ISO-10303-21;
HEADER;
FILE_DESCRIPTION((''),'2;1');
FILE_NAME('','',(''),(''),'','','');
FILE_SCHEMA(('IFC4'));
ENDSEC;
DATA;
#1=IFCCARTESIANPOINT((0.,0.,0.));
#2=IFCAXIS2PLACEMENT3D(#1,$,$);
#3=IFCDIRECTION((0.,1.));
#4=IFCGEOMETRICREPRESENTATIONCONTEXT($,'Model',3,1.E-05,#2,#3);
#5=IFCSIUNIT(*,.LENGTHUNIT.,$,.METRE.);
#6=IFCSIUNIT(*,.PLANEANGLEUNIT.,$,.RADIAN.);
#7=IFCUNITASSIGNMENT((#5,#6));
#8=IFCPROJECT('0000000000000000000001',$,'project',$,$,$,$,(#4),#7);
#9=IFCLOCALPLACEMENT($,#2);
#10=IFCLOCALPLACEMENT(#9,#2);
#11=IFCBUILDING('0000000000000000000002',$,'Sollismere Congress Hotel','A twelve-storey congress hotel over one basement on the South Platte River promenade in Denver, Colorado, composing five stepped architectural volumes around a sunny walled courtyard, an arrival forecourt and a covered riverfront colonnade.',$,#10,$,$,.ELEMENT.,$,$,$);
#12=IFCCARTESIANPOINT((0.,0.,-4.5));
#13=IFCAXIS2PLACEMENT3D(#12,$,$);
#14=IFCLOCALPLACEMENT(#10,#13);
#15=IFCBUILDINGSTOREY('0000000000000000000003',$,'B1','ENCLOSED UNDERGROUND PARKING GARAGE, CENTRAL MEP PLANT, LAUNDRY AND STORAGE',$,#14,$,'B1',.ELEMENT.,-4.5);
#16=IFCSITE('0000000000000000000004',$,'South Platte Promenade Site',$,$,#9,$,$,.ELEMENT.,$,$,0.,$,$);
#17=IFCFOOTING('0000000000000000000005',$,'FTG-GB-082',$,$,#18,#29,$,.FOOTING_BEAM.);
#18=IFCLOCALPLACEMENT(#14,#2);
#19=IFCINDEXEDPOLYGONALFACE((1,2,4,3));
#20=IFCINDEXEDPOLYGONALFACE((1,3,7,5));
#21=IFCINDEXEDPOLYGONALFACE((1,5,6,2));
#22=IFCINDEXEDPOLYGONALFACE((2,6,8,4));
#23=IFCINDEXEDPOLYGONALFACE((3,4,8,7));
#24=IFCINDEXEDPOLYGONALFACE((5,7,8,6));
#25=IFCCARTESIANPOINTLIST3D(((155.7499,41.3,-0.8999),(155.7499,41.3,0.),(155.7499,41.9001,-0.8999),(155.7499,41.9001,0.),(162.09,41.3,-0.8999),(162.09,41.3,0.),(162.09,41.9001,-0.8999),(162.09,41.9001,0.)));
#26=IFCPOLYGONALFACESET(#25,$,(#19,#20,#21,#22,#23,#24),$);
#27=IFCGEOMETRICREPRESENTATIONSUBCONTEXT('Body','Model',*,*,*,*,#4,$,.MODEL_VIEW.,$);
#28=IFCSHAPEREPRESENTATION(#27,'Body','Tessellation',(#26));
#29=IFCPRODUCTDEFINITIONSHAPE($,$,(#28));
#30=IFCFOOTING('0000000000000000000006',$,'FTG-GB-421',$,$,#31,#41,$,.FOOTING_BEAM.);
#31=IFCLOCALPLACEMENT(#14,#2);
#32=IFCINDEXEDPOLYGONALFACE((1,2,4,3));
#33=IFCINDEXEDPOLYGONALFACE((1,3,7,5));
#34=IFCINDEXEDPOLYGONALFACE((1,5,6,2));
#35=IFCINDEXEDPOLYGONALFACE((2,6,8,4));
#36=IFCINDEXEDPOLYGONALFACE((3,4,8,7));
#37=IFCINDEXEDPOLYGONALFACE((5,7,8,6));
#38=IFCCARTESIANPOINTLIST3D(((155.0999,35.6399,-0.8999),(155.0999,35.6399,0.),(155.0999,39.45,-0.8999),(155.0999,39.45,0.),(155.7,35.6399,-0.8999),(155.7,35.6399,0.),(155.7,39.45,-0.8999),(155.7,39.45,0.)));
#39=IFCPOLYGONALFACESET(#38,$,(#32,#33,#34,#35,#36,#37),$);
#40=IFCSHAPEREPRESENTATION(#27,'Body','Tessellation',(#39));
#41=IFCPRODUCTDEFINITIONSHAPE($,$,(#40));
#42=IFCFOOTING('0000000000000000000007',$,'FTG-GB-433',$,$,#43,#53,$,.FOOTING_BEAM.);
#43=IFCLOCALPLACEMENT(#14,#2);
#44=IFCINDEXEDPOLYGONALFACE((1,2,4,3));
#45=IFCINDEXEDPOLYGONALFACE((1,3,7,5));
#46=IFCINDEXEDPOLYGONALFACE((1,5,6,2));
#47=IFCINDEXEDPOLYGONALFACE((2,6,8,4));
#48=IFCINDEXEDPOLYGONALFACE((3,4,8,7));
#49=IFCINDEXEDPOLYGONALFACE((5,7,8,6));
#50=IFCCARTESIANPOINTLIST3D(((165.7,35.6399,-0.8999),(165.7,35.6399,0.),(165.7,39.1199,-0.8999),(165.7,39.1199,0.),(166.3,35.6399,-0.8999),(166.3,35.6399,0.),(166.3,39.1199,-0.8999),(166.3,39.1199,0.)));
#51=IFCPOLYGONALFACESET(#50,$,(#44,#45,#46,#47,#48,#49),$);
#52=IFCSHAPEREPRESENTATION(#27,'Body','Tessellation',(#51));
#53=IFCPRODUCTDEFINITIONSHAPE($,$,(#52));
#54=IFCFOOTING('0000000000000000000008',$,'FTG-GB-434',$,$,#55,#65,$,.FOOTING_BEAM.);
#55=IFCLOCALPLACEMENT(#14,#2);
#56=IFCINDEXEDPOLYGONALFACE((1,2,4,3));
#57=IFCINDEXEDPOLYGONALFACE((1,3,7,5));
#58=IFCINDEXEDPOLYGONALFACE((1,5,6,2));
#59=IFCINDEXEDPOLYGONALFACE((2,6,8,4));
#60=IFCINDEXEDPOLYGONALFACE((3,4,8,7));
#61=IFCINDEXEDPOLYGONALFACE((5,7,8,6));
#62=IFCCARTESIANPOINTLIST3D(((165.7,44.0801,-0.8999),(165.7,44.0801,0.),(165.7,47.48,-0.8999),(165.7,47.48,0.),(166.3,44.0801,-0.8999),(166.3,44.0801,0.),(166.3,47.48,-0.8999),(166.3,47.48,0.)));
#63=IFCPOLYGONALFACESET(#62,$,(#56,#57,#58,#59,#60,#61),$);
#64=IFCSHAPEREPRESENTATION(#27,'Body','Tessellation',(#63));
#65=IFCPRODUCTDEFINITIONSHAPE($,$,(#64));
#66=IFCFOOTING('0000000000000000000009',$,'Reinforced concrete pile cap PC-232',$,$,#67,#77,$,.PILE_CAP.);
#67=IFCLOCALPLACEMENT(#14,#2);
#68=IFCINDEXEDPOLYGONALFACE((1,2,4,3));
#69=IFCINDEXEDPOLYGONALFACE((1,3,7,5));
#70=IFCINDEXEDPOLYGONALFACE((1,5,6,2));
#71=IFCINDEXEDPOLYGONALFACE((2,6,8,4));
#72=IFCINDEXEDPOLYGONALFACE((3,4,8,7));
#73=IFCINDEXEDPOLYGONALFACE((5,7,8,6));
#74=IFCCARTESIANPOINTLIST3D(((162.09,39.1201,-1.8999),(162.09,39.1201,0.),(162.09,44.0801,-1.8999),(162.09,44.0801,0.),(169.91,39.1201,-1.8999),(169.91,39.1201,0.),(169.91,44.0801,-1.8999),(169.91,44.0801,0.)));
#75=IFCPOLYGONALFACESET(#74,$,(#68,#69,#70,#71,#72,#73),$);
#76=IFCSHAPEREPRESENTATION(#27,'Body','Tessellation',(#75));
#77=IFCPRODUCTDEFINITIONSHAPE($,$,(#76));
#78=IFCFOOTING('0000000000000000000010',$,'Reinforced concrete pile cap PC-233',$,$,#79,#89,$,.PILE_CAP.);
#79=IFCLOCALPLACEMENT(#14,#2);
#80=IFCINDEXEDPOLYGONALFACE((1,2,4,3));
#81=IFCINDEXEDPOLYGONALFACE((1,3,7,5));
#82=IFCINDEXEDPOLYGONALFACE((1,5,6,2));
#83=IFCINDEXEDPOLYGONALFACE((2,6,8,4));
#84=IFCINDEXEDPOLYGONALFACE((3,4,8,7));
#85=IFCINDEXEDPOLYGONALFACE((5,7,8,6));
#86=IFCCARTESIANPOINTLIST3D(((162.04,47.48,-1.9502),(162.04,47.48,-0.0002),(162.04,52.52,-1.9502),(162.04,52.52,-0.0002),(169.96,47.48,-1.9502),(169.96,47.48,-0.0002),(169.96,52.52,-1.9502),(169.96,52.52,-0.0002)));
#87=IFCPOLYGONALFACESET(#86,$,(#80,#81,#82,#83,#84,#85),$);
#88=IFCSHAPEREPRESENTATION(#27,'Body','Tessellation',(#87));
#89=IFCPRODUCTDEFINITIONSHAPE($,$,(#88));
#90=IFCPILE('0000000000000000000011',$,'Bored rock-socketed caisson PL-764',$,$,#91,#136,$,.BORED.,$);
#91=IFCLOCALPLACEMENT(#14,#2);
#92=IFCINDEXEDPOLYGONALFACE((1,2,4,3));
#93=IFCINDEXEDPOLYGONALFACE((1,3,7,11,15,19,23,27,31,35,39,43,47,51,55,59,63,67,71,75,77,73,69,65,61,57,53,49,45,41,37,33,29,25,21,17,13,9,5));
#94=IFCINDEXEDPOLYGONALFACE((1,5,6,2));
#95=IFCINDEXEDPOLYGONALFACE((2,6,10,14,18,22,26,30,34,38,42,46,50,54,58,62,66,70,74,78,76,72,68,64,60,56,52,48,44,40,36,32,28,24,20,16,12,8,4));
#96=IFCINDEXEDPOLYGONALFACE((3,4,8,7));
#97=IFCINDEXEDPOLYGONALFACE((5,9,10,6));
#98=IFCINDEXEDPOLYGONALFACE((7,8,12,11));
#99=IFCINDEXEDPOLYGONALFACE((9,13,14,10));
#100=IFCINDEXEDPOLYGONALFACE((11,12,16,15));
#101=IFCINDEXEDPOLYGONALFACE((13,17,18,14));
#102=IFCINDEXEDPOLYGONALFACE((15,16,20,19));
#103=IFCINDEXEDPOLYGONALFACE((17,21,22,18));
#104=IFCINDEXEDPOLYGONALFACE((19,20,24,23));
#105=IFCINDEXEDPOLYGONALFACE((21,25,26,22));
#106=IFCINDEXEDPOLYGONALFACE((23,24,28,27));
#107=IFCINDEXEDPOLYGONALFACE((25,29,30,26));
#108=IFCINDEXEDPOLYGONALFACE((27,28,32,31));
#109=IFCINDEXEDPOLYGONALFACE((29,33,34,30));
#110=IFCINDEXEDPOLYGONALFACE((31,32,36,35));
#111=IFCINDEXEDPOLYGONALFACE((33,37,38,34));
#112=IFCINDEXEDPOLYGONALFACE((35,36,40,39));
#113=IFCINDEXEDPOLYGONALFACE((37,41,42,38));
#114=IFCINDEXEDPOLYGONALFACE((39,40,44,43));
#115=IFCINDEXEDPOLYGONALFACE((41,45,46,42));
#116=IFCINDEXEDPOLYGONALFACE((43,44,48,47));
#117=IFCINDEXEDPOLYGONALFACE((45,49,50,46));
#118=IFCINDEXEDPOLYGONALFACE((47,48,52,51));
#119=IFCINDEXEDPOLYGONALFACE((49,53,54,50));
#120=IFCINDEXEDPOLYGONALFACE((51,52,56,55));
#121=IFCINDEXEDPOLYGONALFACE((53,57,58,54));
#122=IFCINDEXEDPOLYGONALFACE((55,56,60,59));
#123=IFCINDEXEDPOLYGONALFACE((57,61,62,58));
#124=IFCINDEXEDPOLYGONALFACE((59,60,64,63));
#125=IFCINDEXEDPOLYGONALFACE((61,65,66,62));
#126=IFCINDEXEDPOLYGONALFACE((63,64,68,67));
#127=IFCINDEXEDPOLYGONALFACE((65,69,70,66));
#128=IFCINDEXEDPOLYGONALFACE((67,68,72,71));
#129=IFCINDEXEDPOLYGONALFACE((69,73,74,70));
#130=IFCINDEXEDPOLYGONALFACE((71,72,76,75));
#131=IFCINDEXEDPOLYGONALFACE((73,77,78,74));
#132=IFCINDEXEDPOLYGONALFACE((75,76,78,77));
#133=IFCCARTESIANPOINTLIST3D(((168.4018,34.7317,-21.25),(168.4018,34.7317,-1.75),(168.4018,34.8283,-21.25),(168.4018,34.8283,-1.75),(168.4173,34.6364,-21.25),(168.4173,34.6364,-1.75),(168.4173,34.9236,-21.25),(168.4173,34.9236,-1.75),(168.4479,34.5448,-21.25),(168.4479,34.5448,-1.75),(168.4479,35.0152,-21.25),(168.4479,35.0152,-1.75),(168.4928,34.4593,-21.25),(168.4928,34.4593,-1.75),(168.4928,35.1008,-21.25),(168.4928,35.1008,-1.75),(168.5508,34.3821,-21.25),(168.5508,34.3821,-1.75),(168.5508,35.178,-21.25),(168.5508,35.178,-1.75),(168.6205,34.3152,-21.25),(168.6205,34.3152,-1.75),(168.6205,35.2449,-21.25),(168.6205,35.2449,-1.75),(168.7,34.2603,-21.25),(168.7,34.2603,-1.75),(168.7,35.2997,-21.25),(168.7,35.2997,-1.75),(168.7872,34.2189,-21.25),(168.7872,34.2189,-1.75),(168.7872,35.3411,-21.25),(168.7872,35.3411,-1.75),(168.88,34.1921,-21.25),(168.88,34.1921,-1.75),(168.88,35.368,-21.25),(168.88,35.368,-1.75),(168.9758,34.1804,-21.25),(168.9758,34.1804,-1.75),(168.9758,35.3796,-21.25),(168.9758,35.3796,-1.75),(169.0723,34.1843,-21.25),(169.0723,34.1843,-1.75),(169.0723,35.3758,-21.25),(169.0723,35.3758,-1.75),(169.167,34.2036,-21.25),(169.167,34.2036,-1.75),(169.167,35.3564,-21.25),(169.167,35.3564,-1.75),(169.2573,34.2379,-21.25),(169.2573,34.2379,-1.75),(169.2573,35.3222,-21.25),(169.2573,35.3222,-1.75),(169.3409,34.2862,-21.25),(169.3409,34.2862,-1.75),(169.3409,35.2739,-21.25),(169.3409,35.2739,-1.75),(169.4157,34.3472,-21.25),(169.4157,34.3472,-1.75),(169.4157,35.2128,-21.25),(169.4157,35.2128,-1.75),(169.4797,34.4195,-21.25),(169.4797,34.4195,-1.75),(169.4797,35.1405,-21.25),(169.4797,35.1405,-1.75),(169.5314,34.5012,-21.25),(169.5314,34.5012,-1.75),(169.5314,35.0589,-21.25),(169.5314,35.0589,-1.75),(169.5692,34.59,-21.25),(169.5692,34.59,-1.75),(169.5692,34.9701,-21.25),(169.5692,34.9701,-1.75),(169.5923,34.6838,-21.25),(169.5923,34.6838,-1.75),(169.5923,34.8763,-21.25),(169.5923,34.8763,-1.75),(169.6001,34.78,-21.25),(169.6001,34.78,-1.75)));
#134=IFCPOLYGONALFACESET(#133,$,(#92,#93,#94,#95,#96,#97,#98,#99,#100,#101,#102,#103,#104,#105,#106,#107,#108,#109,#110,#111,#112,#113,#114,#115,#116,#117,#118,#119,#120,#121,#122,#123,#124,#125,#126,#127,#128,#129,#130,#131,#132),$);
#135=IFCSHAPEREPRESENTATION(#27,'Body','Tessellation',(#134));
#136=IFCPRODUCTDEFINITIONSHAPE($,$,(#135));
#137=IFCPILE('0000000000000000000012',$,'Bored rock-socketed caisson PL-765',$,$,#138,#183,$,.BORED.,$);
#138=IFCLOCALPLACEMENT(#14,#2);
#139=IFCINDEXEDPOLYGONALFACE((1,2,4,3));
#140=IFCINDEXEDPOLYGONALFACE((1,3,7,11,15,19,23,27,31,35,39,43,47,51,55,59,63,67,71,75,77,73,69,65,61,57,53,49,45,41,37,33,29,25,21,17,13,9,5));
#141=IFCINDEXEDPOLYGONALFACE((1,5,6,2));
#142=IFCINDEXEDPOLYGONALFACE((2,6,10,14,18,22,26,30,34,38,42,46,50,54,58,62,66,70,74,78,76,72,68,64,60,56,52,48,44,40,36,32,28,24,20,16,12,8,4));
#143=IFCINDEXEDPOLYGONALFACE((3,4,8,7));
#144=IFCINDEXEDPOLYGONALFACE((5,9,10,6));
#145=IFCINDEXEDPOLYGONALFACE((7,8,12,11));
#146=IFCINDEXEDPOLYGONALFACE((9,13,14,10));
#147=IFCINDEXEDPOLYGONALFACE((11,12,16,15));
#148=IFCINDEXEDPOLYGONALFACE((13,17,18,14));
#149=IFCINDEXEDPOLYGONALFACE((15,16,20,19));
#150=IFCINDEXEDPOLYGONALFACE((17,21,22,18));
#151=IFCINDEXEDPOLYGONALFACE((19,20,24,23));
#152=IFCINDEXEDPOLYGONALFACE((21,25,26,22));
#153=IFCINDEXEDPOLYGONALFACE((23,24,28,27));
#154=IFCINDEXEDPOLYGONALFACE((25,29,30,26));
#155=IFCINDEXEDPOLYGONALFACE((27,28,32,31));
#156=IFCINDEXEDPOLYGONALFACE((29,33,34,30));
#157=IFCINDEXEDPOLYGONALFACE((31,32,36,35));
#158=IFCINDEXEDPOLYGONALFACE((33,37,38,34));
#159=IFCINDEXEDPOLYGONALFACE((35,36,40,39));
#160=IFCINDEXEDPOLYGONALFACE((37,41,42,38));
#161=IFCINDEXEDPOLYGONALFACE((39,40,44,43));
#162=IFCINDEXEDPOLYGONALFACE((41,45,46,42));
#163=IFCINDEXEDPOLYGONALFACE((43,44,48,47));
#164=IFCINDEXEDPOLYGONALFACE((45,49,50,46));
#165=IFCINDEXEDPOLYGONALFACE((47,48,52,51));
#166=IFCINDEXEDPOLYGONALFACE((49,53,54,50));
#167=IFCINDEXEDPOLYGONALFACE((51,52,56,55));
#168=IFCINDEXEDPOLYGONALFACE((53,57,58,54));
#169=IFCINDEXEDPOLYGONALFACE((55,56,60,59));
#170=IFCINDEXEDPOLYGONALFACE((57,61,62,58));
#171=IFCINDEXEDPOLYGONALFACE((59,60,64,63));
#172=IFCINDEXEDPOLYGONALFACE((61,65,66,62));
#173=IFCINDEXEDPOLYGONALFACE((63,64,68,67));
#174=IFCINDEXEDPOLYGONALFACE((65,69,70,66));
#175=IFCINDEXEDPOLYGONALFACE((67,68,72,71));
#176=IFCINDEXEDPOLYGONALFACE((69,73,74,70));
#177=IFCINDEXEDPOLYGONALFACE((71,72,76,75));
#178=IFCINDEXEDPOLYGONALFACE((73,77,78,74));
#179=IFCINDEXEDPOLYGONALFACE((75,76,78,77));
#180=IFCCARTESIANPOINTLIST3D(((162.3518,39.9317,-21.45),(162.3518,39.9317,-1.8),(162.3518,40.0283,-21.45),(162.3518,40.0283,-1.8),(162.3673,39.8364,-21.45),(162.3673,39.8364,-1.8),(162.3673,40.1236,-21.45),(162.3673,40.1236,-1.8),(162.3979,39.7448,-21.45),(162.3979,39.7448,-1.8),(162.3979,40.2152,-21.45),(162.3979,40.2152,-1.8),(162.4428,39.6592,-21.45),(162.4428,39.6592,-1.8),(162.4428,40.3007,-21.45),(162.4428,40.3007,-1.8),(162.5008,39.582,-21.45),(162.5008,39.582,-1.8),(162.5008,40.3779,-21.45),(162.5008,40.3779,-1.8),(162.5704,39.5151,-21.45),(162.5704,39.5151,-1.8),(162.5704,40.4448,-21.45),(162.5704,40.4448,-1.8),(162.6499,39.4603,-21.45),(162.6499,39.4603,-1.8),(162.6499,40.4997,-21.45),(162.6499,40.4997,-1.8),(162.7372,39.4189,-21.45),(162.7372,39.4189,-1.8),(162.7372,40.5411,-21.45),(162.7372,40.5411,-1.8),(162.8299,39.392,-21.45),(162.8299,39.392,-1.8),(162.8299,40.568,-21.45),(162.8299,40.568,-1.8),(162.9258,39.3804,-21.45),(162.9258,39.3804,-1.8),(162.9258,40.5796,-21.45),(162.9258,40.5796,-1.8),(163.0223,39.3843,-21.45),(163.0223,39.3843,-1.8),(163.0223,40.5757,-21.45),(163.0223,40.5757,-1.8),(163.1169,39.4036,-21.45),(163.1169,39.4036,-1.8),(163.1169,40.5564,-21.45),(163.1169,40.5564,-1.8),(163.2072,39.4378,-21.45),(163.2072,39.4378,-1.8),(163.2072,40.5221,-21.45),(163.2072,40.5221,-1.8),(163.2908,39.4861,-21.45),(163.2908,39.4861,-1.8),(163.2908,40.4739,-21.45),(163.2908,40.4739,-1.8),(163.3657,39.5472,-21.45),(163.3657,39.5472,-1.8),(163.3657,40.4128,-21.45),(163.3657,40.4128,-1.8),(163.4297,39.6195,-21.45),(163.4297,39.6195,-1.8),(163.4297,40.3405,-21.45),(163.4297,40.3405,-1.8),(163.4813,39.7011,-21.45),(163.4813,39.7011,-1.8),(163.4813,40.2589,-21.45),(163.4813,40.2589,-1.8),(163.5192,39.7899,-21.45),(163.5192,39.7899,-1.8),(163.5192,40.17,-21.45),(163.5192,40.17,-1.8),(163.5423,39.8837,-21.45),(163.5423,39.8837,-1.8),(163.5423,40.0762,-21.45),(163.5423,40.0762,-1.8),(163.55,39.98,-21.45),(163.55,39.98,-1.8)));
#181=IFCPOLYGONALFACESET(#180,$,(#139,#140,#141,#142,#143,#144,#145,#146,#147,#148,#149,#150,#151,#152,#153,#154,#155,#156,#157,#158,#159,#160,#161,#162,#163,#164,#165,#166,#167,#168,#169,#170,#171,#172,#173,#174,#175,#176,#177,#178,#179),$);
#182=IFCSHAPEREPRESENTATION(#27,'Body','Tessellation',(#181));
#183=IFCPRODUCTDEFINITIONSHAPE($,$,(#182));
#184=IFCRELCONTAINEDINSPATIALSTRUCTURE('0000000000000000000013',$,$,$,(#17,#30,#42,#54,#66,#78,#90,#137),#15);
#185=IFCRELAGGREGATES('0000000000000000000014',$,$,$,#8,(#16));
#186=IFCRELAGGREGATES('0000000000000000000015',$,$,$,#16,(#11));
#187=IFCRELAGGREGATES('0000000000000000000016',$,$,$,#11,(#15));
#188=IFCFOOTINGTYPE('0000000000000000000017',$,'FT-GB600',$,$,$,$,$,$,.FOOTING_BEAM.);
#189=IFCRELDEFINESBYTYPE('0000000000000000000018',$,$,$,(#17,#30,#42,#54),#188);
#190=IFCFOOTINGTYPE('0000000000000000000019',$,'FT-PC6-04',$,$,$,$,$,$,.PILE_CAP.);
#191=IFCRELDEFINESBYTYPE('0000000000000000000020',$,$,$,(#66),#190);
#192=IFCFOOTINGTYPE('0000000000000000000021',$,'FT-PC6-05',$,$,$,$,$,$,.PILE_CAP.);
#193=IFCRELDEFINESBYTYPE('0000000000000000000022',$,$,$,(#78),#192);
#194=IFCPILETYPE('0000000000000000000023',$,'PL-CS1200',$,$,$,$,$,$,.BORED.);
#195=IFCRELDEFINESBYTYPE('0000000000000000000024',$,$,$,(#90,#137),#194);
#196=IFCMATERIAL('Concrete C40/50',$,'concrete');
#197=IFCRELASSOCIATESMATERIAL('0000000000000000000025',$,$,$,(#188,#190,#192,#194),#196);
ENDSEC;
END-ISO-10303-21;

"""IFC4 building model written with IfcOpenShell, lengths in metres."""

from ifc_helpers import new_model, si_unit, direction, frame, origin, origin_2d, place, context, subcontext, project, spatial, rectangle, circle, extrude, material, material_profile, profile_set, type_object, element, save


model = new_model("IFC4")

# Units and contexts
model_context = context("Model", 3, precision=1e-05, world=origin(), true_north=direction((0.0, 1.0)))
body_context = subcontext(model_context, "Body", "Model", "MODEL_VIEW")
ifc_project = project(units=[si_unit("LENGTHUNIT", "METRE"), si_unit("PLANEANGLEUNIT", "RADIAN")], contexts=[model_context])

# Site, building, storey
site_placement = place(None, origin())
site = spatial("IfcSite", under=ifc_project, at=site_placement, Name="South Platte Promenade Site", CompositionType="ELEMENT", RefElevation=0.0)
building_placement = place(site_placement, origin())
building = spatial("IfcBuilding", under=site, at=building_placement, Name="Sollismere Congress Hotel", Description="A twelve-storey congress hotel over one basement on the South Platte River promenade in Denver, Colorado, composing five stepped architectural volumes around a sunny walled courtyard, an arrival forecourt and a covered riverfront colonnade.", CompositionType="ELEMENT")
storey_placement = place(building_placement, frame((0.0, 0.0, -4.5)))
storey = spatial("IfcBuildingStorey", under=building, at=storey_placement, Name="B1", Description="ENCLOSED UNDERGROUND PARKING GARAGE, CENTRAL MEP PLANT, LAUNDRY AND STORAGE", LongName="B1", CompositionType="ELEMENT", Elevation=-4.5)

# Footings
ifc_material_1 = material(Name="Concrete C40/50", Category="concrete")
footing_type_1 = type_object("IfcFootingType", Name="FT-GB600", PredefinedType="FOOTING_BEAM", material=ifc_material_1)
footing_1_placement = place(storey_placement, frame((158.9199, 41.6001, -0.8999), z_axis=(0.0, 0.0, 1.0), x_axis=(1.0, 0.0, 0.0)))
element("IfcFooting", 1, at=footing_1_placement, inside=storey, type_object=footing_type_1, Name="FTG-GB-082", PredefinedType="FOOTING_BEAM", context=body_context, shape_type="SweptSolid", body=[
    extrude(rectangle(XDim=6.3401, YDim=0.6001, at=origin_2d()), origin(), (0.0, 0.0, 1.0), 0.8999),
])
footing_2_placement = place(storey_placement, frame((155.3999, 37.5449, -0.8999), z_axis=(0.0, 0.0, 1.0), x_axis=(0.0, 1.0, 0.0)))
element("IfcFooting", 2, at=footing_2_placement, inside=storey, type_object=footing_type_1, Name="FTG-GB-421", PredefinedType="FOOTING_BEAM", context=body_context, shape_type="SweptSolid", body=[
    extrude(rectangle(XDim=3.8101, YDim=0.6001, at=origin_2d()), origin(), (0.0, 0.0, 1.0), 0.8999),
])
footing_3_placement = place(storey_placement, frame((166.0, 37.3799, -0.8999), z_axis=(0.0, 0.0, 1.0), x_axis=(0.0, 1.0, 0.0)))
element("IfcFooting", 3, at=footing_3_placement, inside=storey, type_object=footing_type_1, Name="FTG-GB-433", PredefinedType="FOOTING_BEAM", context=body_context, shape_type="SweptSolid", body=[
    extrude(rectangle(XDim=3.48, YDim=0.6001, at=origin_2d()), origin(), (0.0, 0.0, 1.0), 0.8999),
])
footing_4_placement = place(storey_placement, frame((166.0, 45.78, -0.8999), z_axis=(0.0, 0.0, 1.0), x_axis=(0.0, 1.0, 0.0)))
element("IfcFooting", 4, at=footing_4_placement, inside=storey, type_object=footing_type_1, Name="FTG-GB-434", PredefinedType="FOOTING_BEAM", context=body_context, shape_type="SweptSolid", body=[
    extrude(rectangle(XDim=3.3999, YDim=0.6001, at=origin_2d()), origin(), (0.0, 0.0, 1.0), 0.8999),
])
footing_type_2 = type_object("IfcFootingType", Name="FT-PC6-04", PredefinedType="PILE_CAP", material=ifc_material_1)
footing_5_placement = place(storey_placement, frame((166.0, 41.6001, -1.8999), z_axis=(0.0, 0.0, 1.0), x_axis=(1.0, 0.0, 0.0)))
element("IfcFooting", 5, at=footing_5_placement, inside=storey, type_object=footing_type_2, Name="Reinforced concrete pile cap PC-232", PredefinedType="PILE_CAP", context=body_context, shape_type="SweptSolid", body=[
    extrude(rectangle(XDim=7.8201, YDim=4.96, at=origin_2d()), origin(), (0.0, 0.0, 1.0), 1.8999),
])
footing_type_3 = type_object("IfcFootingType", Name="FT-PC6-05", PredefinedType="PILE_CAP", material=ifc_material_1)
footing_6_placement = place(storey_placement, frame((166.0, 50.0, -1.9502), z_axis=(0.0, 0.0, 1.0), x_axis=(1.0, 0.0, 0.0)))
element("IfcFooting", 6, at=footing_6_placement, inside=storey, type_object=footing_type_3, Name="Reinforced concrete pile cap PC-233", PredefinedType="PILE_CAP", context=body_context, shape_type="SweptSolid", body=[
    extrude(rectangle(XDim=7.9199, YDim=5.04, at=origin_2d()), origin(), (0.0, 0.0, 1.0), 1.95),
])

# Piles
ifc_material_profile_1 = material_profile(ifc_material_1, circle(Radius=0.6001, at=origin_2d()), Name="CAISSON1200")
ifc_profile_set_1 = profile_set([ifc_material_profile_1], Name="Concrete C40/50")
pile_type = type_object("IfcPileType", Name="PL-CS1200", PredefinedType="BORED", material=ifc_profile_set_1)
pile_placement = place(storey_placement, frame((169.0, 34.78, -1.75), z_axis=(0.0, 0.0, -1.0), x_axis=(1.0, 0.0, 0.0)))
element("IfcPile", 7, at=pile_placement, inside=storey, type_object=pile_type, Name="Bored rock-socketed caisson PL-764", PredefinedType="BORED", context=body_context, shape_type="SweptSolid", body=[
    extrude(circle(Radius=0.6001, at=origin_2d()), origin(), (0.0, 0.0, 1.0), 19.5),
])
for number, where, z_axis, x_axis, name in (
    (8, (162.95, 39.98, -1.8), (0.0, 0.0, -1.0), (1.0, 0.0, 0.0), "Bored rock-socketed caisson PL-765"),
):
    element("IfcPile", number, at=place(storey_placement, frame(where, z_axis=z_axis, x_axis=x_axis)), inside=storey, type_object=pile_type, Name=name, PredefinedType="BORED", context=body_context, shape_type="SweptSolid", body=[
        extrude(circle(Radius=0.6001, at=origin_2d()), origin(), (0.0, 0.0, 1.0), 19.6499),
    ])

save(model, "model.ifc")
